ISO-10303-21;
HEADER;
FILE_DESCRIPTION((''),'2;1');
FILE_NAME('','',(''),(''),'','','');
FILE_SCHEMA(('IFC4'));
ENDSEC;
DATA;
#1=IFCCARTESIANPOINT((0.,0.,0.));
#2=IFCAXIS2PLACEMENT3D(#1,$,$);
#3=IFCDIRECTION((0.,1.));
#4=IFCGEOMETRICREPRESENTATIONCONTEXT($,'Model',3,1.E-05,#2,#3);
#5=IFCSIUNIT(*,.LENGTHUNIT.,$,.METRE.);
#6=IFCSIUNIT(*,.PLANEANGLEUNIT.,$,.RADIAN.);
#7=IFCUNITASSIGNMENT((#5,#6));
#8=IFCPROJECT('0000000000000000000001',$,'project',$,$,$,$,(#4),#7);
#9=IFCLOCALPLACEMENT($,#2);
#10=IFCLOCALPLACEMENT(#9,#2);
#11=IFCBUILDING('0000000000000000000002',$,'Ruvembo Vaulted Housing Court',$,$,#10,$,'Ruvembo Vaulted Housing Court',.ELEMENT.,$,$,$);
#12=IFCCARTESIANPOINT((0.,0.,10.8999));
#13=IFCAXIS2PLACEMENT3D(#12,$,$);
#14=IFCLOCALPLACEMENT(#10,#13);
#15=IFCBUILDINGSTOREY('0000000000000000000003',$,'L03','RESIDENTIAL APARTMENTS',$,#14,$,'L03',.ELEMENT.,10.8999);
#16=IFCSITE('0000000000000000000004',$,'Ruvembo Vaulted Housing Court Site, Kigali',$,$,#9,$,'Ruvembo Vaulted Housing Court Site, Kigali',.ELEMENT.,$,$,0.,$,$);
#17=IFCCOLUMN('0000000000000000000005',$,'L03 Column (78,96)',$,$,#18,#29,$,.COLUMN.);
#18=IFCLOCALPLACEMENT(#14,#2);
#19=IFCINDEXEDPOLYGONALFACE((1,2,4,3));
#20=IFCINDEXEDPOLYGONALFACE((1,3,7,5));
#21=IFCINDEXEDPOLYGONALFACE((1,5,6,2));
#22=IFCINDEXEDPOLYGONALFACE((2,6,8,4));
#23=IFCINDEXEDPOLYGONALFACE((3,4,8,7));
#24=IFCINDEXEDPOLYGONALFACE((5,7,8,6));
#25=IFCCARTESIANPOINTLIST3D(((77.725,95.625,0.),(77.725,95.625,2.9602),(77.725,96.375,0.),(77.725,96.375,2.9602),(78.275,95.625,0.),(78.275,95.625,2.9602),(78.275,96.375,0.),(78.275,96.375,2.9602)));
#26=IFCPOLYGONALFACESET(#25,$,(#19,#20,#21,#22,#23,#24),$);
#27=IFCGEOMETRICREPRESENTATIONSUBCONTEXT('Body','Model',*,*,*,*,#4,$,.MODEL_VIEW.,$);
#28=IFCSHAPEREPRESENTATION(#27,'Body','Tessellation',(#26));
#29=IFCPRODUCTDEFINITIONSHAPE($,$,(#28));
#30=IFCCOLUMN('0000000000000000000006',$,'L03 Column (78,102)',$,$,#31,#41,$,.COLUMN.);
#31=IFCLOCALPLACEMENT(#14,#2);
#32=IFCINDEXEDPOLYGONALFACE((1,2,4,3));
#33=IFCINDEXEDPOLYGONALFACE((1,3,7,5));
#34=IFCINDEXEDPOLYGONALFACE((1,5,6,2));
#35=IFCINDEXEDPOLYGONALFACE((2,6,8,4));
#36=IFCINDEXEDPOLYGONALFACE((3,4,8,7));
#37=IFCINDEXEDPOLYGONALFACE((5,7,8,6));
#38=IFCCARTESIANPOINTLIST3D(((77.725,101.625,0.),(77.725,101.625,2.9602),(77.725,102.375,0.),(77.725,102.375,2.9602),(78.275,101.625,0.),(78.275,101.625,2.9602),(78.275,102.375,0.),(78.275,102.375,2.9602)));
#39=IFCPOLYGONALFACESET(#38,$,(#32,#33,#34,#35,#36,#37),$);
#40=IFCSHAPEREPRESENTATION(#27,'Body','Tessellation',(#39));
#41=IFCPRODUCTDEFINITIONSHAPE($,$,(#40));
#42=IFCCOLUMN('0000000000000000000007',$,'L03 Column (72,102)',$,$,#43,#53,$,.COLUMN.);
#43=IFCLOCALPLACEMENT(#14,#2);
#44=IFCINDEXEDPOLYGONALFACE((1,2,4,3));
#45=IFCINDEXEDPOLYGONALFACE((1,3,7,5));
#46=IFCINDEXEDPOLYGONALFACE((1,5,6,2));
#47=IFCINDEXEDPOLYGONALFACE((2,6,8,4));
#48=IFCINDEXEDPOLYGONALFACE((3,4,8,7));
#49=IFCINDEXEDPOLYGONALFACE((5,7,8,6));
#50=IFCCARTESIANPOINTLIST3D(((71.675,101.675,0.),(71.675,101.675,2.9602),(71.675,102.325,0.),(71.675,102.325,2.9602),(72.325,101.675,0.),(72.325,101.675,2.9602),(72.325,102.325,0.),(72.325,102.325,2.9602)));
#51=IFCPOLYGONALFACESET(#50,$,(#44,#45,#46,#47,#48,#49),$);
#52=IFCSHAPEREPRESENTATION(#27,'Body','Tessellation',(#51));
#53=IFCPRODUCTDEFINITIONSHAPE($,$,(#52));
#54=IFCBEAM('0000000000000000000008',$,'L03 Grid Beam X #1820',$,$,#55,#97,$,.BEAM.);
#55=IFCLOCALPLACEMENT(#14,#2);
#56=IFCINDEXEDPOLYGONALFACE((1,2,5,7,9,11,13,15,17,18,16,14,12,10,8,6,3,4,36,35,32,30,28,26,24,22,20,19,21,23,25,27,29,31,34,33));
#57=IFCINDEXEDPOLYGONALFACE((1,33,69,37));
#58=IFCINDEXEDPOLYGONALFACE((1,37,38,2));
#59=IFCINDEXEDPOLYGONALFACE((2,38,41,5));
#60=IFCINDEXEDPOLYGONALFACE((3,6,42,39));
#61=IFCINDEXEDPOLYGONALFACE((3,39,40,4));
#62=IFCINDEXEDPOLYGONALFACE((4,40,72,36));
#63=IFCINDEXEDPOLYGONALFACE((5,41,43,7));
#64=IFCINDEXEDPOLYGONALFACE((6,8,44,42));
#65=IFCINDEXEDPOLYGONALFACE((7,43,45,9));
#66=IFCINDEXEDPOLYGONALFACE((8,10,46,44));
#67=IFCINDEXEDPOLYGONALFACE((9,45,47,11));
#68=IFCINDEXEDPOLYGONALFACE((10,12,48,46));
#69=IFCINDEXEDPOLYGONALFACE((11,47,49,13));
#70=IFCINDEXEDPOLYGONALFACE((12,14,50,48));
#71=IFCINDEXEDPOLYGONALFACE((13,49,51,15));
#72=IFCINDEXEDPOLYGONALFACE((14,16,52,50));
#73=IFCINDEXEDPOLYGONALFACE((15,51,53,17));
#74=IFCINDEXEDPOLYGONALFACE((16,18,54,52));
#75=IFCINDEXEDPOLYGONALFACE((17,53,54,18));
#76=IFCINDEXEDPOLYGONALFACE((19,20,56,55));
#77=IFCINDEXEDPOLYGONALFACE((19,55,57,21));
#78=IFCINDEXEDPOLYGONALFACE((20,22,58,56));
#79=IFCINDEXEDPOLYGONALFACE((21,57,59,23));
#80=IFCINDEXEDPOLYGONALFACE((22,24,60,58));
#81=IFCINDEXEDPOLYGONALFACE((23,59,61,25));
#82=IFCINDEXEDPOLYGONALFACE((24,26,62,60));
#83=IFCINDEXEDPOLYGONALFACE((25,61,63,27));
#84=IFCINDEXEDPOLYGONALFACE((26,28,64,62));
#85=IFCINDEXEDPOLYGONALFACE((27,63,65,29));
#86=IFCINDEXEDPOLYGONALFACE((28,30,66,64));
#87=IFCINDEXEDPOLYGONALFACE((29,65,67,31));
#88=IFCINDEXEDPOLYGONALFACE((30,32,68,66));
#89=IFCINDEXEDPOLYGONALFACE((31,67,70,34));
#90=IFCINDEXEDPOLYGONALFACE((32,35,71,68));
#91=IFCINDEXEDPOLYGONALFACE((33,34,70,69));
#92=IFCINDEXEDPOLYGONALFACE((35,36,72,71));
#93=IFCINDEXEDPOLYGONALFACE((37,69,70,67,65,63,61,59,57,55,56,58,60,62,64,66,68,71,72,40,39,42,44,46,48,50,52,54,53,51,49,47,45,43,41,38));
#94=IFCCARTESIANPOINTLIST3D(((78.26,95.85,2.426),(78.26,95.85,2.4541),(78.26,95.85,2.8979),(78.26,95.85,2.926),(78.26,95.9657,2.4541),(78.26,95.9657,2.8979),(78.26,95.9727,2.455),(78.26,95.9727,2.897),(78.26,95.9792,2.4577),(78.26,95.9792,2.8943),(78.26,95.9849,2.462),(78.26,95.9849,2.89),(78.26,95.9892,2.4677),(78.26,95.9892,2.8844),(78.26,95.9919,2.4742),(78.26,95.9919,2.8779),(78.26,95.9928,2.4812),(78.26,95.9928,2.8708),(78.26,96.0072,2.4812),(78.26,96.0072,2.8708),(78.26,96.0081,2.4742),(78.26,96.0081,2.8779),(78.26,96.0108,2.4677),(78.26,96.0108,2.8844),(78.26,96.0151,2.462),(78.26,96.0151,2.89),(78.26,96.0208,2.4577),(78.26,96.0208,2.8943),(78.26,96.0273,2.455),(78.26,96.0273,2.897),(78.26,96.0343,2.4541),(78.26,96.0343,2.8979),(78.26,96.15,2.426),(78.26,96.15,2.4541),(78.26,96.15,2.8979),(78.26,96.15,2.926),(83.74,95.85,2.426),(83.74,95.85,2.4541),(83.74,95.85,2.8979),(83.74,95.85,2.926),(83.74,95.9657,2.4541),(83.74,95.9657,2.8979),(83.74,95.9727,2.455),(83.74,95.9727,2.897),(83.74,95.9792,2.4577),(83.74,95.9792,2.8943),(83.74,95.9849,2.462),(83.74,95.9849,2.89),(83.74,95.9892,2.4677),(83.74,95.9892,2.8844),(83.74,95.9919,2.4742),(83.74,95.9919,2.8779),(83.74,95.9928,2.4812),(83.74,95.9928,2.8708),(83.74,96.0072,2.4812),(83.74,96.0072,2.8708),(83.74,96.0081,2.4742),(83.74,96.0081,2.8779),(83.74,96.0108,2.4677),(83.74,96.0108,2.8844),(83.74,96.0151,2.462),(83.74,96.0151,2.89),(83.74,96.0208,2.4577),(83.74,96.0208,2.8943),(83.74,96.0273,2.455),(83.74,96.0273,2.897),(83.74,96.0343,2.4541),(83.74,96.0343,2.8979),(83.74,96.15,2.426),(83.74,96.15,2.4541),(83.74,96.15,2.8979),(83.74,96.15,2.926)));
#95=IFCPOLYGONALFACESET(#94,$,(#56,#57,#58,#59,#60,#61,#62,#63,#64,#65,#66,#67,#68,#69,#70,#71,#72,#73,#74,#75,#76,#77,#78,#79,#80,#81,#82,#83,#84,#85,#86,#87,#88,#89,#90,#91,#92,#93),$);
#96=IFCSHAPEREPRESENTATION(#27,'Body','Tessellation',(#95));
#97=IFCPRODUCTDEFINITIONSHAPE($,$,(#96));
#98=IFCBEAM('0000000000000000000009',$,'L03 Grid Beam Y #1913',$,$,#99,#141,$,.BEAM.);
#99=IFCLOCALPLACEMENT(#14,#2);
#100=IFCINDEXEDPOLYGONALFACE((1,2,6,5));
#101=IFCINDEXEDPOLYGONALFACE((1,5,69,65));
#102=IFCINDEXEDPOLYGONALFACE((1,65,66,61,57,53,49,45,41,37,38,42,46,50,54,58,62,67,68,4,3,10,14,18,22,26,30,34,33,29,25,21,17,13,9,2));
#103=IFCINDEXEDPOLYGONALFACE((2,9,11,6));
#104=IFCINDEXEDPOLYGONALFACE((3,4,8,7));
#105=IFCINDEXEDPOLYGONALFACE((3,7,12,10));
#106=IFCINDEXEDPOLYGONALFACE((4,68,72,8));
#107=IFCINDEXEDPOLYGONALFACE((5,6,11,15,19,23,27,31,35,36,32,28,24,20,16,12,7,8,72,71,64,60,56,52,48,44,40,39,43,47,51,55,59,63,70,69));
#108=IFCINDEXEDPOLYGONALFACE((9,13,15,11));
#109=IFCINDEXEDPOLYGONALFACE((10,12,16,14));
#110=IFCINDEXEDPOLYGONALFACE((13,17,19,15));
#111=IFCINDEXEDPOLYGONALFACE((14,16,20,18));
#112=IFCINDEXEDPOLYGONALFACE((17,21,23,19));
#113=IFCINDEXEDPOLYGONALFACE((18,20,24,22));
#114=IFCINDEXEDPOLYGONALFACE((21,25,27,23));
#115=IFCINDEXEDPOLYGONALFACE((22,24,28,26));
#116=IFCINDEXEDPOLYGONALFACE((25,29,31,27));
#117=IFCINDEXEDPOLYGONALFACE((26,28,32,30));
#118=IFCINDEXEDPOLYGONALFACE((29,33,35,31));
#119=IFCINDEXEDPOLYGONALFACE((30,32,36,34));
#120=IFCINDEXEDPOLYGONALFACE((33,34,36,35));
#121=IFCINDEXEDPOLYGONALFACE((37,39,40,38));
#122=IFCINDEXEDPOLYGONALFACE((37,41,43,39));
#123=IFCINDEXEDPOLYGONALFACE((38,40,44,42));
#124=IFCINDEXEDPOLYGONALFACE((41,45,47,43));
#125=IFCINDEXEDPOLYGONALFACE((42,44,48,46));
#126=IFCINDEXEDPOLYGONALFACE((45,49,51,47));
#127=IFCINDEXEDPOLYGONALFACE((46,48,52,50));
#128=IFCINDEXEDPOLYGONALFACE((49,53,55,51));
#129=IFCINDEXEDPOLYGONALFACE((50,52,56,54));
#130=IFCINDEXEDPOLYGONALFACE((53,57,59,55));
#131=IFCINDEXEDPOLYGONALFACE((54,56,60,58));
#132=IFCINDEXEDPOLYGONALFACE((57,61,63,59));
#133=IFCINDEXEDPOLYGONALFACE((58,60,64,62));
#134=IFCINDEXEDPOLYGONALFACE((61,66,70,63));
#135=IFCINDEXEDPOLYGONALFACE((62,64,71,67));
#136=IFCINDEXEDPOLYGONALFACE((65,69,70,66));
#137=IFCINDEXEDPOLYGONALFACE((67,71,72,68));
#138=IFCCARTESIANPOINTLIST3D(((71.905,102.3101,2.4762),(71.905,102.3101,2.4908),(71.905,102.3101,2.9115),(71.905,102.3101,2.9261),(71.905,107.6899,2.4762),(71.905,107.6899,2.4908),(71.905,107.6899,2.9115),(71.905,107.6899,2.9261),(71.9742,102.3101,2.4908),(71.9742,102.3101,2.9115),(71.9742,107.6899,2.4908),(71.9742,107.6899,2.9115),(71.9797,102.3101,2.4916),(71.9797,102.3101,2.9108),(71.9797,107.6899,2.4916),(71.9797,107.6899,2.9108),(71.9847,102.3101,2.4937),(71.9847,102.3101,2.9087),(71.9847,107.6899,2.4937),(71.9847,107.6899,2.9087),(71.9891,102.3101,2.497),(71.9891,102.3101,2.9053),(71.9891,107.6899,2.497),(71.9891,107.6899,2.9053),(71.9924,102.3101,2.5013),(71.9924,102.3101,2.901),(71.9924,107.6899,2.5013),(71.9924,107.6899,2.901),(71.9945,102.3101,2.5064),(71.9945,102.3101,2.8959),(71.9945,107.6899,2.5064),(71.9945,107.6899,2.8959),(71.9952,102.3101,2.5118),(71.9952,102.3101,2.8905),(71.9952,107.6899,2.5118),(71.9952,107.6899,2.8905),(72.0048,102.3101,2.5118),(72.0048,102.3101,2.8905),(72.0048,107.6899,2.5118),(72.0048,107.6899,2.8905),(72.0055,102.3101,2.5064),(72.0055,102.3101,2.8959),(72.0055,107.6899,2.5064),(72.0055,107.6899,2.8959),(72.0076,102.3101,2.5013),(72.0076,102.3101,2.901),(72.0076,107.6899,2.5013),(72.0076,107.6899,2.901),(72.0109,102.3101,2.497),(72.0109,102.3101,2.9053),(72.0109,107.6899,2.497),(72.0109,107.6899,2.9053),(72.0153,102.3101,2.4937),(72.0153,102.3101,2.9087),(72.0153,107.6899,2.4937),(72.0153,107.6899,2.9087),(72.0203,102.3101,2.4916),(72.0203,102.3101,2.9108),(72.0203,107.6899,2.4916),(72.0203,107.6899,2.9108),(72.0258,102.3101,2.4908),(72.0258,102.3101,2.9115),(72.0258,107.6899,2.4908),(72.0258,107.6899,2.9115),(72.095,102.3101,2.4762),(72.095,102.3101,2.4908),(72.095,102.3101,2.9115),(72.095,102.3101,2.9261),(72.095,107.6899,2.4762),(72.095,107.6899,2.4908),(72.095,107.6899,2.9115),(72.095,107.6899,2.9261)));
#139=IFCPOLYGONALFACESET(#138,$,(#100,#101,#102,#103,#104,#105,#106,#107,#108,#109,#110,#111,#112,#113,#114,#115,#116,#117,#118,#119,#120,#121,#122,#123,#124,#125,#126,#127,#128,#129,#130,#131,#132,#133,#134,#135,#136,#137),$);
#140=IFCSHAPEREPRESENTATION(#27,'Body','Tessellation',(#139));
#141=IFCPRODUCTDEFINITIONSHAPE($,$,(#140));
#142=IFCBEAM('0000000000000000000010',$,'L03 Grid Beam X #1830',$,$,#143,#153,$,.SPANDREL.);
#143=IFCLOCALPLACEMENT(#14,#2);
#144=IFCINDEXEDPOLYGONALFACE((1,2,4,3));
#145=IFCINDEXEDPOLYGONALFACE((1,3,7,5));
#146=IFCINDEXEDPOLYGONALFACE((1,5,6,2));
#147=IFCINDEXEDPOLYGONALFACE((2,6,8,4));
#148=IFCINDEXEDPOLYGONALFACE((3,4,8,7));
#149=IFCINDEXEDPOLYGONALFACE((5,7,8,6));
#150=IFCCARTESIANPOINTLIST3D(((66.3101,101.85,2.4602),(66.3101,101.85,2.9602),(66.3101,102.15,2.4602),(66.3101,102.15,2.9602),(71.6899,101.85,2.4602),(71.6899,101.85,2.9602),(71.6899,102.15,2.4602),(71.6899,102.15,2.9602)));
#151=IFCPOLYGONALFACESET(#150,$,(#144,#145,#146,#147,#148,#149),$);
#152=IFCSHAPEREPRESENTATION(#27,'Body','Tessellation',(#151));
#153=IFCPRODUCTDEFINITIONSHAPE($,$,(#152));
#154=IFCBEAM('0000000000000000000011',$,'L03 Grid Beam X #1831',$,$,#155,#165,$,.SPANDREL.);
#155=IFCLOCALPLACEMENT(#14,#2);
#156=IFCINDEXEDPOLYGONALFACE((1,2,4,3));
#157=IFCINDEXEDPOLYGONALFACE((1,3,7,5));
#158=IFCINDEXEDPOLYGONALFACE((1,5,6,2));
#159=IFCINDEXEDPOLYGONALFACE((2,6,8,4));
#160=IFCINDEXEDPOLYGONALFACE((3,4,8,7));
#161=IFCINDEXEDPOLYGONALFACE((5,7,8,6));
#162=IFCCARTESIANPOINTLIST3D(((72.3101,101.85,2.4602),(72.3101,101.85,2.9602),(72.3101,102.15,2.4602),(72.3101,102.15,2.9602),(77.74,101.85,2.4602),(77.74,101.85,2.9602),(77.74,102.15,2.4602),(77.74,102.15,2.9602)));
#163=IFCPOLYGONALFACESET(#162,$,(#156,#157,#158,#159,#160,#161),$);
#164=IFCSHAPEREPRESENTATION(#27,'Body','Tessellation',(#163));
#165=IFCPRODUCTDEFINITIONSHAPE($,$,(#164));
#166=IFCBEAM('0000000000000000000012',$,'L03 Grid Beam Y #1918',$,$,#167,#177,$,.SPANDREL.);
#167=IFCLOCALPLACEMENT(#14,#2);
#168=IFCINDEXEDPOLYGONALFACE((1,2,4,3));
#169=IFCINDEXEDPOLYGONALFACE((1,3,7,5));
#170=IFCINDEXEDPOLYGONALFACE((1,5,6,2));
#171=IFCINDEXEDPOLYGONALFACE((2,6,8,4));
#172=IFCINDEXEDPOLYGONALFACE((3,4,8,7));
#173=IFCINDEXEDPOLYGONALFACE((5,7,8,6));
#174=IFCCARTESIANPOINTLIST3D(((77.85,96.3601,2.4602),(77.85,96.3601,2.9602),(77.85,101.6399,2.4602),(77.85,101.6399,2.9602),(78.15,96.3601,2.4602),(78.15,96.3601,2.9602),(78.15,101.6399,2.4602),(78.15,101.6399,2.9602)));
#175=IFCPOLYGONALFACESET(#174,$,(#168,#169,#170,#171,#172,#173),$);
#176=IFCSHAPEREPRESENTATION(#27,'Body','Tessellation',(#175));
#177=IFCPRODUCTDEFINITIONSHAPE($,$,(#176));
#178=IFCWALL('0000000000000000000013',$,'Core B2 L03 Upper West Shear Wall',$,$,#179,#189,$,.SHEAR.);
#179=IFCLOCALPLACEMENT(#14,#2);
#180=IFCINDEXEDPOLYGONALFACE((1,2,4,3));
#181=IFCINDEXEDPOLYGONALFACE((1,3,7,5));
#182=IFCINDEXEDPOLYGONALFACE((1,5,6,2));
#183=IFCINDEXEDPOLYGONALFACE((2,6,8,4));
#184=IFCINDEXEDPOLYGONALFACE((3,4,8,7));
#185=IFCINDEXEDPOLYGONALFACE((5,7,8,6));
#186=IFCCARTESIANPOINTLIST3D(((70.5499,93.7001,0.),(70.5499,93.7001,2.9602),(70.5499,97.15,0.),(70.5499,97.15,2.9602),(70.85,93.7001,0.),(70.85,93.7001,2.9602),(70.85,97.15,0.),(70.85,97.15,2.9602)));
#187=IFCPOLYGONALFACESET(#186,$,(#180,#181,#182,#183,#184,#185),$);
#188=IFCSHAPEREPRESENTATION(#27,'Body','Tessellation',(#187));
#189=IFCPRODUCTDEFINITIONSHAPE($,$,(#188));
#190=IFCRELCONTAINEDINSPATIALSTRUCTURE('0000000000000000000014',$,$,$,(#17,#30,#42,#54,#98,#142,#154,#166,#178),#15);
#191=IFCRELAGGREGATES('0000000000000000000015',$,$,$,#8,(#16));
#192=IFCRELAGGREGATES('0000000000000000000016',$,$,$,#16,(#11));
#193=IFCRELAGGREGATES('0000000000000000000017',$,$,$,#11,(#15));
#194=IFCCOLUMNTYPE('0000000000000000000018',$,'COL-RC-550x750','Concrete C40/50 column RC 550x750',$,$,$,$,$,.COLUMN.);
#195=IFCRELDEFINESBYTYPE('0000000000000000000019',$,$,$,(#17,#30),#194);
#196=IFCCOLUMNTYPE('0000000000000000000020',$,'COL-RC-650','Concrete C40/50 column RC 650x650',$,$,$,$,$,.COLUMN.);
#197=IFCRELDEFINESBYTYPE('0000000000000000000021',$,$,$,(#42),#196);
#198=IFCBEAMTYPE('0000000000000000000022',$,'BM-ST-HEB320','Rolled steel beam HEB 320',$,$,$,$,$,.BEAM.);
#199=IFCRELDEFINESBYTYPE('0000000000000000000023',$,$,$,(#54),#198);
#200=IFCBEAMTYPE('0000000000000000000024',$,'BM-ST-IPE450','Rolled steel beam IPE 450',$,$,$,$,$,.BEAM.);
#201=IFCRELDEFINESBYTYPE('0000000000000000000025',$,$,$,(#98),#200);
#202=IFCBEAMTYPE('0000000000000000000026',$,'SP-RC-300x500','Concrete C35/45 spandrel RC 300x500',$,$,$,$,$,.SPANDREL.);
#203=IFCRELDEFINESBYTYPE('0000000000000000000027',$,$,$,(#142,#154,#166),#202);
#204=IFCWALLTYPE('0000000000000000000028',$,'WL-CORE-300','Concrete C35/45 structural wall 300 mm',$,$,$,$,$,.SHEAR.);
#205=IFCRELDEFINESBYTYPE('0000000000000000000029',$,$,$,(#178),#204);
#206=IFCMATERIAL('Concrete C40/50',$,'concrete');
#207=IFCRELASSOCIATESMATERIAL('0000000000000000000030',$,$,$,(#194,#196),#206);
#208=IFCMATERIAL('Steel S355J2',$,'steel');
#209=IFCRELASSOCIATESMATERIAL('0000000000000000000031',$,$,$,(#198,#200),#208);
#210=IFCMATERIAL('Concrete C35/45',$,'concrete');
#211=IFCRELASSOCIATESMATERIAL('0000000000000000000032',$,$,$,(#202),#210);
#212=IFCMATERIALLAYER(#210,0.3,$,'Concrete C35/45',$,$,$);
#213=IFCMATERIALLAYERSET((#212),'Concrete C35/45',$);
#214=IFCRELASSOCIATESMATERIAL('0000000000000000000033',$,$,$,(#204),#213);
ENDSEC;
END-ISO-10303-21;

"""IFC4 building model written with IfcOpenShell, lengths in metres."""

from ifc_helpers import new_model, si_unit, direction, frame, frame_2d, origin, origin_2d, place, context, subcontext, project, spatial, rectangle, i_section, extrude, material, layer, layer_set, material_profile, profile_set, type_object, element, save


model = new_model("IFC4")

# Units and contexts
model_context = context("Model", 3, precision=1e-05, world=origin(), true_north=direction((0.0, 1.0)))
body_context = subcontext(model_context, "Body", "Model", "MODEL_VIEW")
ifc_project = project(units=[si_unit("LENGTHUNIT", "METRE"), si_unit("PLANEANGLEUNIT", "RADIAN")], contexts=[model_context])

# Site, building, storey
site_placement = place(None, origin())
site = spatial("IfcSite", under=ifc_project, at=site_placement, Name="Ruvembo Vaulted Housing Court Site, Kigali", LongName="Ruvembo Vaulted Housing Court Site, Kigali", CompositionType="ELEMENT", RefElevation=0.0)
building_placement = place(site_placement, origin())
building = spatial("IfcBuilding", under=site, at=building_placement, Name="Ruvembo Vaulted Housing Court", LongName="Ruvembo Vaulted Housing Court", CompositionType="ELEMENT")
storey_placement = place(building_placement, frame((0.0, 0.0, 10.8999)))
storey = spatial("IfcBuildingStorey", under=building, at=storey_placement, Name="L03", Description="RESIDENTIAL APARTMENTS", LongName="L03", CompositionType="ELEMENT", Elevation=10.8999)

# Columns
ifc_material_1 = material(Name="Concrete C40/50", Category="concrete")
ifc_material_profile_1 = material_profile(ifc_material_1, rectangle(XDim=0.55, YDim=0.75, at=origin_2d()), Name="RC 550x750")
ifc_profile_set_1 = profile_set([ifc_material_profile_1], Name="Concrete C40/50")
column_type_1 = type_object("IfcColumnType", Name="COL-RC-550x750", Description="Concrete C40/50 column RC 550x750", PredefinedType="COLUMN", material=ifc_profile_set_1)
for number, where, z_axis, x_axis, name in (
    (1, (78.0, 96.0, 0.0), (0.0, 0.0, 1.0), (1.0, 0.0, 0.0), "L03 Column (78,96)"),
    (2, (78.0, 102.0, 0.0), (0.0, 0.0, 1.0), (1.0, 0.0, 0.0), "L03 Column (78,102)"),
):
    element("IfcColumn", number, at=place(storey_placement, frame(where, z_axis=z_axis, x_axis=x_axis)), inside=storey, type_object=column_type_1, Name=name, PredefinedType="COLUMN", context=body_context, shape_type="SweptSolid", body=[
        extrude(rectangle(XDim=0.55, YDim=0.75, at=origin_2d()), origin(), (0.0, 0.0, 1.0), 2.9602),
    ])
ifc_material_profile_2 = material_profile(ifc_material_1, rectangle(XDim=0.6499, YDim=0.6499, at=origin_2d()), Name="RC 650x650")
ifc_profile_set_2 = profile_set([ifc_material_profile_2], Name="Concrete C40/50")
column_type_2 = type_object("IfcColumnType", Name="COL-RC-650", Description="Concrete C40/50 column RC 650x650", PredefinedType="COLUMN", material=ifc_profile_set_2)
column_placement = place(storey_placement, frame((72.0, 102.0, 0.0), z_axis=(0.0, 0.0, 1.0), x_axis=(1.0, 0.0, 0.0)))
element("IfcColumn", 3, at=column_placement, inside=storey, type_object=column_type_2, Name="L03 Column (72,102)", PredefinedType="COLUMN", context=body_context, shape_type="SweptSolid", body=[
    extrude(rectangle(XDim=0.6499, YDim=0.6499, at=origin_2d()), origin(), (0.0, 0.0, 1.0), 2.9602),
])

# Beams
ifc_material_2 = material(Name="Steel S355J2", Category="steel")
ifc_material_profile_3 = material_profile(ifc_material_2, i_section(OverallWidth=0.3, OverallDepth=0.5, WebThickness=0.0144, FlangeThickness=0.0281, FilletRadius=0.0271, at=origin_2d()), Name="HEB 320")
ifc_profile_set_3 = profile_set([ifc_material_profile_3], Name="Steel S355J2")
beam_type_1 = type_object("IfcBeamType", Name="BM-ST-HEB320", Description="Rolled steel beam HEB 320", PredefinedType="BEAM", material=ifc_profile_set_3)
beam_1_placement = place(storey_placement, frame((78.26, 96.0, 2.676), z_axis=(1.0, 0.0, 0.0), x_axis=(0.0, 1.0, 0.0)))
element("IfcBeam", 4, at=beam_1_placement, inside=storey, type_object=beam_type_1, Name="L03 Grid Beam X #1820", PredefinedType="BEAM", context=body_context, shape_type="SweptSolid", body=[
    extrude(i_section(OverallWidth=0.3, OverallDepth=0.5, WebThickness=0.0144, FlangeThickness=0.0281, FilletRadius=0.0271, at=origin_2d()), origin(), (0.0, 0.0, 1.0), 5.48),
])
ifc_material_profile_4 = material_profile(ifc_material_2, i_section(OverallWidth=0.1899, OverallDepth=0.45, WebThickness=0.0095, FlangeThickness=0.0146, FilletRadius=0.021, at=origin_2d()), Name="IPE 450")
ifc_profile_set_4 = profile_set([ifc_material_profile_4], Name="Steel S355J2")
beam_type_2 = type_object("IfcBeamType", Name="BM-ST-IPE450", Description="Rolled steel beam IPE 450", PredefinedType="BEAM", material=ifc_profile_set_4)
beam_2_placement = place(storey_placement, frame((72.0, 102.3101, 2.7012), z_axis=(0.0, 1.0, 0.0), x_axis=(-1.0, 0.0, 0.0)))
element("IfcBeam", 5, at=beam_2_placement, inside=storey, type_object=beam_type_2, Name="L03 Grid Beam Y #1913", PredefinedType="BEAM", context=body_context, shape_type="SweptSolid", body=[
    extrude(i_section(OverallWidth=0.1899, OverallDepth=0.45, WebThickness=0.0095, FlangeThickness=0.0146, FilletRadius=0.021, at=origin_2d()), origin(), (0.0, 0.0, 1.0), 5.3799),
])
ifc_material_3 = material(Name="Concrete C35/45", Category="concrete")
ifc_material_profile_5 = material_profile(ifc_material_3, rectangle(XDim=0.3, YDim=0.5, at=origin_2d()), Name="RC 300x500")
ifc_profile_set_5 = profile_set([ifc_material_profile_5], Name="Concrete C35/45")
beam_type_3 = type_object("IfcBeamType", Name="SP-RC-300x500", Description="Concrete C35/45 spandrel RC 300x500", PredefinedType="SPANDREL", material=ifc_profile_set_5)
beam_3_placement = place(storey_placement, frame((66.3101, 102.0, 2.7102), z_axis=(1.0, 0.0, 0.0), x_axis=(0.0, 1.0, 0.0)))
element("IfcBeam", 6, at=beam_3_placement, inside=storey, type_object=beam_type_3, Name="L03 Grid Beam X #1830", PredefinedType="SPANDREL", context=body_context, shape_type="SweptSolid", body=[
    extrude(rectangle(XDim=0.3, YDim=0.5, at=origin_2d()), origin(), (0.0, 0.0, 1.0), 5.3799),
])
beam_4_placement = place(storey_placement, frame((72.3101, 102.0, 2.7102), z_axis=(1.0, 0.0, 0.0), x_axis=(0.0, 1.0, 0.0)))
element("IfcBeam", 7, at=beam_4_placement, inside=storey, type_object=beam_type_3, Name="L03 Grid Beam X #1831", PredefinedType="SPANDREL", context=body_context, shape_type="SweptSolid", body=[
    extrude(rectangle(XDim=0.3, YDim=0.5, at=origin_2d()), origin(), (0.0, 0.0, 1.0), 5.4299),
])
beam_5_placement = place(storey_placement, frame((78.0, 96.3601, 2.7102), z_axis=(0.0, 1.0, 0.0), x_axis=(-1.0, 0.0, 0.0)))
element("IfcBeam", 8, at=beam_5_placement, inside=storey, type_object=beam_type_3, Name="L03 Grid Beam Y #1918", PredefinedType="SPANDREL", context=body_context, shape_type="SweptSolid", body=[
    extrude(rectangle(XDim=0.3, YDim=0.5, at=origin_2d()), origin(), (0.0, 0.0, 1.0), 5.2798),
])

# Wall
ifc_layer_1 = layer(ifc_material_3, 0.3, Name="Concrete C35/45")
ifc_layer_set_1 = layer_set([ifc_layer_1], Name="Concrete C35/45")
wall_type_1 = type_object("IfcWallType", Name="WL-CORE-300", Description="Concrete C35/45 structural wall 300 mm", PredefinedType="SHEAR", material=ifc_layer_set_1)
wall_1_placement = place(storey_placement, frame((70.7, 93.7, 0.0), z_axis=(0.0, 0.0, 1.0), x_axis=(0.0, 1.0, 0.0)))
element("IfcWall", 9, at=wall_1_placement, inside=storey, type_object=wall_type_1, Name="Core B2 L03 Upper West Shear Wall", PredefinedType="SHEAR", context=body_context, shape_type="SweptSolid", body=[
    extrude(rectangle(XDim=3.45, YDim=0.3, at=frame_2d((1.7251, 0.0))), origin(), (0.0, 0.0, 1.0), 2.9602),
])

save(model, "model.ifc")
